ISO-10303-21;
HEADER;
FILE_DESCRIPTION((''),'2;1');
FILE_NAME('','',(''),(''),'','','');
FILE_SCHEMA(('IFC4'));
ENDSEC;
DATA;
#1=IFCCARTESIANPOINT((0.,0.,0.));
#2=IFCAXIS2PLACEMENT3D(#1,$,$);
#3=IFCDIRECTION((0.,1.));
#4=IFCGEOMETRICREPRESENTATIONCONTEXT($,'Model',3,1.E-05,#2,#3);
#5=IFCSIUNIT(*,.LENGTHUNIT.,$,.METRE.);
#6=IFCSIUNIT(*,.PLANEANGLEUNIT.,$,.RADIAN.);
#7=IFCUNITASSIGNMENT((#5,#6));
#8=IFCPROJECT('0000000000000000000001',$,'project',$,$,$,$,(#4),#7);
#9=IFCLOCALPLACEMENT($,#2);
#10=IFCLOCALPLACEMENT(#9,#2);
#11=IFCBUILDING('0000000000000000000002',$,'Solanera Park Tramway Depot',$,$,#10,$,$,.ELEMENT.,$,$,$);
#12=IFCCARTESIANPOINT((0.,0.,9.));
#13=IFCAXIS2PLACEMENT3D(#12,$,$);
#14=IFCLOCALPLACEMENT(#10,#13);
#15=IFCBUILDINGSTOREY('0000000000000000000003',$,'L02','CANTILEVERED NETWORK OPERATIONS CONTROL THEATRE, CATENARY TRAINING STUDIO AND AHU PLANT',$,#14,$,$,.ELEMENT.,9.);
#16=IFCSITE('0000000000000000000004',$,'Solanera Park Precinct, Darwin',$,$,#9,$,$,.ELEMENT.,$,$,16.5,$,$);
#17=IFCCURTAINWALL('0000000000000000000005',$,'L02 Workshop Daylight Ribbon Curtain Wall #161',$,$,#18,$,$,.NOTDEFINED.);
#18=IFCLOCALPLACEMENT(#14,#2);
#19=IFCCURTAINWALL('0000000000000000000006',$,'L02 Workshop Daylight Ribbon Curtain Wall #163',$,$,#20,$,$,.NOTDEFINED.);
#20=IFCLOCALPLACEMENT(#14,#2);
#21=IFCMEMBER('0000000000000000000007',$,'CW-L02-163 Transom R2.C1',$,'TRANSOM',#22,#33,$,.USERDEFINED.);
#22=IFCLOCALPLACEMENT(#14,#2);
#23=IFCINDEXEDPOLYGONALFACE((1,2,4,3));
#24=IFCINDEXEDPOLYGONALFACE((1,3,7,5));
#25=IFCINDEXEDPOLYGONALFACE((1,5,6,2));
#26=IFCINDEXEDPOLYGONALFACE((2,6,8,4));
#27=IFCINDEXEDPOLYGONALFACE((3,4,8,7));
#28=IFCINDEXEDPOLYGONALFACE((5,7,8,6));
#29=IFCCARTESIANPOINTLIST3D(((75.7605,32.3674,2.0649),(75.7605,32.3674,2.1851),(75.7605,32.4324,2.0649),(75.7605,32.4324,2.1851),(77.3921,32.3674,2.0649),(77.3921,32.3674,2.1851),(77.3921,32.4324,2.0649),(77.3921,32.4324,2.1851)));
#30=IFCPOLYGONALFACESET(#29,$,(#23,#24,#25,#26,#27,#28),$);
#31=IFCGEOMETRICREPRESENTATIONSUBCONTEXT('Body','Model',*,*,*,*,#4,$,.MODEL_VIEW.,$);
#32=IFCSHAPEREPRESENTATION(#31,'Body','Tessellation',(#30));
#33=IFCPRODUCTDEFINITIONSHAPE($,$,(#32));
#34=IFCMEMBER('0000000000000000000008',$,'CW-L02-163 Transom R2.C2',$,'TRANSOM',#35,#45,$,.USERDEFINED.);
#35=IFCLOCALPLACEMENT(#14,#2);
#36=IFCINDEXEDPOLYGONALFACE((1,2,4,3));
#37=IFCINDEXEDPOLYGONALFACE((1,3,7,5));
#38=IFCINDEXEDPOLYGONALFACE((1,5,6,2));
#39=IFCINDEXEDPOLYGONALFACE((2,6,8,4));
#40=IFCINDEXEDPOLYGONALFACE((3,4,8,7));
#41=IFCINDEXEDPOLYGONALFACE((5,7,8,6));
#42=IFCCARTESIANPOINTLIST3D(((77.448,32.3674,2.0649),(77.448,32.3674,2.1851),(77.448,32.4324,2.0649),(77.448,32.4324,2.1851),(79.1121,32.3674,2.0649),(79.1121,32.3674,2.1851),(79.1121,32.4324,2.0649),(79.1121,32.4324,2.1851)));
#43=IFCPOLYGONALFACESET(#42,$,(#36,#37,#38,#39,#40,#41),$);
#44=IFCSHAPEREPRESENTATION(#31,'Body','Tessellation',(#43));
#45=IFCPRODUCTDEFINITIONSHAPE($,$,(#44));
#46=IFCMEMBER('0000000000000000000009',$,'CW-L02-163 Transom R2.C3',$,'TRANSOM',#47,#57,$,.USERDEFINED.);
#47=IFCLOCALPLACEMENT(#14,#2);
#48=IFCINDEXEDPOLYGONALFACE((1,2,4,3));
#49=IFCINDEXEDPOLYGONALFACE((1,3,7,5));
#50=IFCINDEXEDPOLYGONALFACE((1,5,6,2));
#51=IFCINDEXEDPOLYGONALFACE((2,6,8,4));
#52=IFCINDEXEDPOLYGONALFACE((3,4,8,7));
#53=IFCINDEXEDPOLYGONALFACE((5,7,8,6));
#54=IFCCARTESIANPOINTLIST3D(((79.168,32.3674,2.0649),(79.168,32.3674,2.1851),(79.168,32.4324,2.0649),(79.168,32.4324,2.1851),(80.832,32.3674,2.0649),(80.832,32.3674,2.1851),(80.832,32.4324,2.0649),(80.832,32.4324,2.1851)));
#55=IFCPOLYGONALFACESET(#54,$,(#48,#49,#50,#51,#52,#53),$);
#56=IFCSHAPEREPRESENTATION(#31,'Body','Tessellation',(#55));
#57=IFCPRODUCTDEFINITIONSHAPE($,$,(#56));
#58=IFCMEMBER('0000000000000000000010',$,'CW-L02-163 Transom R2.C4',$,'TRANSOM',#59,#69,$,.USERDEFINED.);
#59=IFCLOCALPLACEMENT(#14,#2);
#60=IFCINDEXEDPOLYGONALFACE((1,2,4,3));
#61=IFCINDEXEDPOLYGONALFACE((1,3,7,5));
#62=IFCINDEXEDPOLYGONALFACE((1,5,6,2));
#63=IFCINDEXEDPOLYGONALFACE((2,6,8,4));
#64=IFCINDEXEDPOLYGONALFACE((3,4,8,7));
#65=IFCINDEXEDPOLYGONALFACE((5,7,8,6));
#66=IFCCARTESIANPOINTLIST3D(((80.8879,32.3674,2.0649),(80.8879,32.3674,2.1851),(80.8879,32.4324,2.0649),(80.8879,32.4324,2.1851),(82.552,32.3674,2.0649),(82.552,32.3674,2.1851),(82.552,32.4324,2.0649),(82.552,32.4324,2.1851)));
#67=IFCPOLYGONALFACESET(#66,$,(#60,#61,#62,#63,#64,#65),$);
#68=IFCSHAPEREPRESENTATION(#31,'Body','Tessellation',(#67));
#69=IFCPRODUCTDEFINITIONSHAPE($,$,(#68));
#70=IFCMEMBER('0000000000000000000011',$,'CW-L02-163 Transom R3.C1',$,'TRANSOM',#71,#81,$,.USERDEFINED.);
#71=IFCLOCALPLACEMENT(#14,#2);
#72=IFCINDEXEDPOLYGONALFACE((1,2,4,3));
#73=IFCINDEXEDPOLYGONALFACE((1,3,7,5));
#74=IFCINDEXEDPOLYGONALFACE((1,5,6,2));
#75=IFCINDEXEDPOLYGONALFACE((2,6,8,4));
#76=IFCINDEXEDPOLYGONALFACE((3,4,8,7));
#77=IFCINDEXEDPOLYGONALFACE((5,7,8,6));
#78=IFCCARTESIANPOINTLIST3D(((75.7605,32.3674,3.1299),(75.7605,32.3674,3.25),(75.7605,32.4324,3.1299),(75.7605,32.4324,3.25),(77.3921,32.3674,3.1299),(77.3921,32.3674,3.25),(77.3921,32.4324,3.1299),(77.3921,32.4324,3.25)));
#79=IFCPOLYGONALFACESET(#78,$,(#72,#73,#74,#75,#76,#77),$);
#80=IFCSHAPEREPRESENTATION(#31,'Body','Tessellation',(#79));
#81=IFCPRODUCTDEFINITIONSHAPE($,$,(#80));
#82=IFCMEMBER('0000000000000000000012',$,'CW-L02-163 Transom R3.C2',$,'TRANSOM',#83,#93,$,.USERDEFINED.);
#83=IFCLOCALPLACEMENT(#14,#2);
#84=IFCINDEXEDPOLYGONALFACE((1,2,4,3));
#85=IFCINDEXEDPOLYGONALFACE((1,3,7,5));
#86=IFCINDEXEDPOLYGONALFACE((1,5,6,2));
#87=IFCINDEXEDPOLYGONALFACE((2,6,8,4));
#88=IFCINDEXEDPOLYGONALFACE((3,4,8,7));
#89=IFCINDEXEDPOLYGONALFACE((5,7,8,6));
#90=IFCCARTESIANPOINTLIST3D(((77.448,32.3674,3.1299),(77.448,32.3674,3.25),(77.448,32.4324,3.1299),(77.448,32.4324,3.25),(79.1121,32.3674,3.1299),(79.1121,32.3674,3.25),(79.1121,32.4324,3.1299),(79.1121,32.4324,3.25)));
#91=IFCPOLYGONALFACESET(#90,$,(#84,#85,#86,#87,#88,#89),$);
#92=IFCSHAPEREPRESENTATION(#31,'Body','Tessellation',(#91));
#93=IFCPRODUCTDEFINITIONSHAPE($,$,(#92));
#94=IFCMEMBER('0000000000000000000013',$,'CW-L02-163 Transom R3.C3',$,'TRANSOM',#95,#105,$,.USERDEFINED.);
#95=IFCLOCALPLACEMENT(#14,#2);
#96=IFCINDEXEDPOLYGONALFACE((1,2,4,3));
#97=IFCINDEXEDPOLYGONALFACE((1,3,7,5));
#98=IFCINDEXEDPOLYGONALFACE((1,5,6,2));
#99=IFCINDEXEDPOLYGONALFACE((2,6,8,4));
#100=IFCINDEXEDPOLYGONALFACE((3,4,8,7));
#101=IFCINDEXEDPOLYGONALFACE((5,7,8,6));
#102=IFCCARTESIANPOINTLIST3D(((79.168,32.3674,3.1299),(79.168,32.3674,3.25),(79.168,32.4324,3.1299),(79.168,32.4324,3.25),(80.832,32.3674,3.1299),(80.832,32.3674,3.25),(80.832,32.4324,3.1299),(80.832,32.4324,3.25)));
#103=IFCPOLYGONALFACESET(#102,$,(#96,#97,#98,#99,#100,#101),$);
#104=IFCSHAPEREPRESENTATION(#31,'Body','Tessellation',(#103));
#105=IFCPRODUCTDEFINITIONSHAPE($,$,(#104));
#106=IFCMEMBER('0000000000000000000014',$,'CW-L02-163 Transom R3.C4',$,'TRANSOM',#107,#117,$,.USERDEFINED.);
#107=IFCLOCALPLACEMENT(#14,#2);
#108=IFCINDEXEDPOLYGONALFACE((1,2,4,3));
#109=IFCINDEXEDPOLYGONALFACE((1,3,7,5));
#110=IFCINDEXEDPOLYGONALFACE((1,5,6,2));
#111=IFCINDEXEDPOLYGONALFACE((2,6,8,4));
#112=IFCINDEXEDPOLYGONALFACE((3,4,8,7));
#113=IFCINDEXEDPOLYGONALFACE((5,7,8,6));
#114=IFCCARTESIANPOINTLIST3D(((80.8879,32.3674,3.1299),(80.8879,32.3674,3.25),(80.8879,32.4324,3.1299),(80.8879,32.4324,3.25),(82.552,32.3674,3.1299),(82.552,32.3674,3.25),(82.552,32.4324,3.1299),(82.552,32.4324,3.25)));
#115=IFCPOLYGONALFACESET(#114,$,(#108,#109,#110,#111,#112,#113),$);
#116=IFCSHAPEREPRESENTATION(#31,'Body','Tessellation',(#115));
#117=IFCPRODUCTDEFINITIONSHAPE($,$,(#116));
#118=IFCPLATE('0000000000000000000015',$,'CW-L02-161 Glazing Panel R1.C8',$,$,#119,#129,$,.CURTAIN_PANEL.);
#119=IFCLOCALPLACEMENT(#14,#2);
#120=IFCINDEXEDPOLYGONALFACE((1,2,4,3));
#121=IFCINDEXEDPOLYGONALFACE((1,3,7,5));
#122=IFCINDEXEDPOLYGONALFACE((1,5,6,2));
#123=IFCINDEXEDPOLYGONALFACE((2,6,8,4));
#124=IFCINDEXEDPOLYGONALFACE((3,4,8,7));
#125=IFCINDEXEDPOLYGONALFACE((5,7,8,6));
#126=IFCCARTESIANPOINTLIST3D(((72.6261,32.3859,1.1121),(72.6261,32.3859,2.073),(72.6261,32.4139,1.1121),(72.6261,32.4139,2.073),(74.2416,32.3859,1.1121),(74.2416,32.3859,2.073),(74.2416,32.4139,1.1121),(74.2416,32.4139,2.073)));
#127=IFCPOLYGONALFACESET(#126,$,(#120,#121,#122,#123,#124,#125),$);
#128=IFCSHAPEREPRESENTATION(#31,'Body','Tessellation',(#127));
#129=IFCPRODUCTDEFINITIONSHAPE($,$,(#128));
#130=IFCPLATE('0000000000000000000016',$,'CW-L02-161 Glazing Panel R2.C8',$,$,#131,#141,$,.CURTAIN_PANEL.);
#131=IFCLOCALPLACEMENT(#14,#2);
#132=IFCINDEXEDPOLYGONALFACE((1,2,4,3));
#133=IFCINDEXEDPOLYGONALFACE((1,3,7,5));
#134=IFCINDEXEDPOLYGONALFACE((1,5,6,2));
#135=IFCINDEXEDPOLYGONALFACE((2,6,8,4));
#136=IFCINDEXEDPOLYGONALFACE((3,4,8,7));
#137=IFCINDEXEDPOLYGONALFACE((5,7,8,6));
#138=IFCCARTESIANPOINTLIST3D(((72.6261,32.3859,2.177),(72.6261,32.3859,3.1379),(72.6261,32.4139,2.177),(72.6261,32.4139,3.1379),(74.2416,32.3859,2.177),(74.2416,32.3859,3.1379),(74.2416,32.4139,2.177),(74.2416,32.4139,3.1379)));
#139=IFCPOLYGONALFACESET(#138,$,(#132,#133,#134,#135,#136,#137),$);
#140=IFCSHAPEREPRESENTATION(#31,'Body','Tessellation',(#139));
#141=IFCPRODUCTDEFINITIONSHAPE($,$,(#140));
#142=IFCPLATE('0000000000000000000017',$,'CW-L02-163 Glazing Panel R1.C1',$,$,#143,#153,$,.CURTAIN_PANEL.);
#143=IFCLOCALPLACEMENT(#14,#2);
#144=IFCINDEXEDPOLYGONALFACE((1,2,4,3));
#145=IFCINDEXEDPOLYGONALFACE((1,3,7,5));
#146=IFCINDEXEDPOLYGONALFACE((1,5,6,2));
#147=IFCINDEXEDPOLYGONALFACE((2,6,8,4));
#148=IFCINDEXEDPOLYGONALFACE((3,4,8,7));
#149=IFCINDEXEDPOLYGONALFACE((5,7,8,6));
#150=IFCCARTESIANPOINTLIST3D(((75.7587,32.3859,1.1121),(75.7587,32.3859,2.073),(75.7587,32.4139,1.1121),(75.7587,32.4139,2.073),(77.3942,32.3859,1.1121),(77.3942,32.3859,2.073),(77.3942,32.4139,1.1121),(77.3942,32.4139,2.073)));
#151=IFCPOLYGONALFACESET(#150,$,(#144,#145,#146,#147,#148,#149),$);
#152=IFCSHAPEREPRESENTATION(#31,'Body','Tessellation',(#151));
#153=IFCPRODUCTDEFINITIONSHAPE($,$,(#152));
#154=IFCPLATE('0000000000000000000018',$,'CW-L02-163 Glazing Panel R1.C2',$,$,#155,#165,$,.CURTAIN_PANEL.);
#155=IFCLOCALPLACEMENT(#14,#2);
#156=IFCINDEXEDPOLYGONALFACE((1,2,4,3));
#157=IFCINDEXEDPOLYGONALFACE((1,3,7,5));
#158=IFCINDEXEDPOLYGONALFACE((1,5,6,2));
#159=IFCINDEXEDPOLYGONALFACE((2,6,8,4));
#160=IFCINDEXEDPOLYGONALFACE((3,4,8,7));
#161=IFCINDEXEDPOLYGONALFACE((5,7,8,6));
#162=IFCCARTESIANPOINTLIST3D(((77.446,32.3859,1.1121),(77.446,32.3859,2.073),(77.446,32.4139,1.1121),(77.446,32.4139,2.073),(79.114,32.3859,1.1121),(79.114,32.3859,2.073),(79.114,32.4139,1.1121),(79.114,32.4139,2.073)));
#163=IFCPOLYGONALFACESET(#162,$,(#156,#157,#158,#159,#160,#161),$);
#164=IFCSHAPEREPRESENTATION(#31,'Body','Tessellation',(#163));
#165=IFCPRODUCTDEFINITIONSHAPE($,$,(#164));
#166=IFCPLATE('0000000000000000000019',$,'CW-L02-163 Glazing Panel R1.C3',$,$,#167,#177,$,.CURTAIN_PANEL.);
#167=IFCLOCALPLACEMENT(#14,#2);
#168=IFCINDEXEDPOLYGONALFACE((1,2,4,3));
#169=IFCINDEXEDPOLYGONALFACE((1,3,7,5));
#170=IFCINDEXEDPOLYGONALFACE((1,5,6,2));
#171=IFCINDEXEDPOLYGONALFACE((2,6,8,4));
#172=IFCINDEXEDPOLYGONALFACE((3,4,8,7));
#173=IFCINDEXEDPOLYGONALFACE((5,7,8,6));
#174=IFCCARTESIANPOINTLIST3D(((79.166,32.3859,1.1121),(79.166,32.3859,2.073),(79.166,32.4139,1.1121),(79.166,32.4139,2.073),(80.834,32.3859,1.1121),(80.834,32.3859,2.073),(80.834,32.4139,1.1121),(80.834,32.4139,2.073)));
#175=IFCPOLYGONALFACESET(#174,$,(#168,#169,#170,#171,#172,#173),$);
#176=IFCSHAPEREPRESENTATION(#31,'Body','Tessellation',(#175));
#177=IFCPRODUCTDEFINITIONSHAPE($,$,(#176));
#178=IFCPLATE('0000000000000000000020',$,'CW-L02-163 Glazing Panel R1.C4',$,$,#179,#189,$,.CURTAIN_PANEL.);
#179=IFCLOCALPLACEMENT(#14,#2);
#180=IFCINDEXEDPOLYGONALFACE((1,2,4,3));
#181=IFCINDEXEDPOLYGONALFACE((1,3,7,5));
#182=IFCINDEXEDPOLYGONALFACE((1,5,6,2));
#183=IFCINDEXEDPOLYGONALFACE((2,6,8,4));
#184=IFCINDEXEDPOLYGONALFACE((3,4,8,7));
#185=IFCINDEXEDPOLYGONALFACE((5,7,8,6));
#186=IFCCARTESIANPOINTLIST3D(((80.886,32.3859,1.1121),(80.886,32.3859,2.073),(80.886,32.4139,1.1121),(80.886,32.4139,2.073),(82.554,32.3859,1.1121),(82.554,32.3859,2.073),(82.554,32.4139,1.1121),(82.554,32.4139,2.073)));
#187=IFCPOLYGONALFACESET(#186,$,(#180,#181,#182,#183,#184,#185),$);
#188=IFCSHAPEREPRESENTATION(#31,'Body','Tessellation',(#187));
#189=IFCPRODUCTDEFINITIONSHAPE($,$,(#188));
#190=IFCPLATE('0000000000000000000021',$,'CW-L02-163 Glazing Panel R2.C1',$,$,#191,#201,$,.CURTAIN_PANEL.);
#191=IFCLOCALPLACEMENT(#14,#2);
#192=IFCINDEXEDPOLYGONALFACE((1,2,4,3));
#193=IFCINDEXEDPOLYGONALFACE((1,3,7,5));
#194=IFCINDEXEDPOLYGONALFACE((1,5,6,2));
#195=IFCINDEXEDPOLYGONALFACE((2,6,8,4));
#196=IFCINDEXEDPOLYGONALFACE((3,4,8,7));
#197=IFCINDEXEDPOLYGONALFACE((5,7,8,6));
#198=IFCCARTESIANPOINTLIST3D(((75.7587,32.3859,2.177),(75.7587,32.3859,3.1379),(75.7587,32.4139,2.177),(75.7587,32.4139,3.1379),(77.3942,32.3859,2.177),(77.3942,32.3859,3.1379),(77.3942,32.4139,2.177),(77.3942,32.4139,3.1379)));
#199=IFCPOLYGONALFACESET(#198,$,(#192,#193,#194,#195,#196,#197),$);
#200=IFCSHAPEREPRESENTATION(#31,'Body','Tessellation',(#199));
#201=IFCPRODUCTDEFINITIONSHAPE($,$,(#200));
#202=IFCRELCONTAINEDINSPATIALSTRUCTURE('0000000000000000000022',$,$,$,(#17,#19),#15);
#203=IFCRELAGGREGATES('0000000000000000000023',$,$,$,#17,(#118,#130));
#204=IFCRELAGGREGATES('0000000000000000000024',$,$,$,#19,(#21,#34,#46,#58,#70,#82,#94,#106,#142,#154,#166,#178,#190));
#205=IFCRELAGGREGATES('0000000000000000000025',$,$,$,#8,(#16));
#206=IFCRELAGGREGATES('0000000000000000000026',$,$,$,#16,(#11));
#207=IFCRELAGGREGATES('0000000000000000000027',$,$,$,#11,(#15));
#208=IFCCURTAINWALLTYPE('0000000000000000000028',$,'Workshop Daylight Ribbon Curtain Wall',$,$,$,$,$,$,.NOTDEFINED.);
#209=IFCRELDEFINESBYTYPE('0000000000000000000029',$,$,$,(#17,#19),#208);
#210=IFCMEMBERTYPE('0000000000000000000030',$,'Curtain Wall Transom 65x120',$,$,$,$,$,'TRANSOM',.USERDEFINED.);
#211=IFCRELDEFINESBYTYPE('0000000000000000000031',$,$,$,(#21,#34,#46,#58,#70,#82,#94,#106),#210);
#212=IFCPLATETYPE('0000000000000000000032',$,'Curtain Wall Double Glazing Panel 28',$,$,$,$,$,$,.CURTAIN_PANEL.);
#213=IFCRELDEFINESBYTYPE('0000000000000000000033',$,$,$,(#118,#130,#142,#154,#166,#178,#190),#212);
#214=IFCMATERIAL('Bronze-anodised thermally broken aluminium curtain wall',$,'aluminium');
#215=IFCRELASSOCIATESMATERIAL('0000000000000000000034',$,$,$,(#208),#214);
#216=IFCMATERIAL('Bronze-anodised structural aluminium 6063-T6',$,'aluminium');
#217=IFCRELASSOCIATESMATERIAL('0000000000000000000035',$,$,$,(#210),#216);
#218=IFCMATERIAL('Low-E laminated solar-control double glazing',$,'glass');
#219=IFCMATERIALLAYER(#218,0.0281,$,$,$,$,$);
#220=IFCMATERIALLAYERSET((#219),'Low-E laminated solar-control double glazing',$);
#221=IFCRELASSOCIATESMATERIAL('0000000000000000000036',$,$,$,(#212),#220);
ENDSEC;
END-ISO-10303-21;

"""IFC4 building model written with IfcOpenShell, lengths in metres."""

from ifc_helpers import new_model, si_unit, direction, frame, origin, origin_2d, place, context, subcontext, project, spatial, rectangle, extrude, material, layer, layer_set, material_profile, profile_set, type_object, element, aggregate, save


model = new_model("IFC4")

# Units and contexts
model_context = context("Model", 3, precision=1e-05, world=origin(), true_north=direction((0.0, 1.0)))
body_context = subcontext(model_context, "Body", "Model", "MODEL_VIEW")
ifc_project = project(units=[si_unit("LENGTHUNIT", "METRE"), si_unit("PLANEANGLEUNIT", "RADIAN")], contexts=[model_context])

# Site, building, storey
site_placement = place(None, origin())
site = spatial("IfcSite", under=ifc_project, at=site_placement, Name="Solanera Park Precinct, Darwin", CompositionType="ELEMENT", RefElevation=16.5)
building_placement = place(site_placement, origin())
building = spatial("IfcBuilding", under=site, at=building_placement, Name="Solanera Park Tramway Depot", CompositionType="ELEMENT")
storey_placement = place(building_placement, frame((0.0, 0.0, 9.0)))
storey = spatial("IfcBuildingStorey", under=building, at=storey_placement, Name="L02", Description="CANTILEVERED NETWORK OPERATIONS CONTROL THEATRE, CATENARY TRAINING STUDIO AND AHU PLANT", CompositionType="ELEMENT", Elevation=9.0)

# Curtain wall
ifc_material_1 = material(Name="Bronze-anodised thermally broken aluminium curtain wall", Category="aluminium")
curtain_wall_type = type_object("IfcCurtainWallType", Name="Workshop Daylight Ribbon Curtain Wall", PredefinedType="NOTDEFINED", material=ifc_material_1)
curtain_wall_1_placement = place(storey_placement, origin())
curtain_wall_1 = element("IfcCurtainWall", 1, at=curtain_wall_1_placement, inside=storey, type_object=curtain_wall_type, Name="L02 Workshop Daylight Ribbon Curtain Wall #161", PredefinedType="NOTDEFINED")

# Curtain wall, members
curtain_wall_2_placement = place(storey_placement, origin())
curtain_wall_2 = element("IfcCurtainWall", 2, at=curtain_wall_2_placement, inside=storey, type_object=curtain_wall_type, Name="L02 Workshop Daylight Ribbon Curtain Wall #163", PredefinedType="NOTDEFINED")
ifc_material_2 = material(Name="Bronze-anodised structural aluminium 6063-T6", Category="aluminium")
ifc_material_profile_1 = material_profile(ifc_material_2, rectangle(XDim=0.0649, YDim=0.1201, at=origin_2d()), Name="Curtain Wall Transom 65x120")
ifc_profile_set_1 = profile_set([ifc_material_profile_1], Name="Bronze-anodised structural aluminium 6063-T6")
member_type_1 = type_object("IfcMemberType", Name="Curtain Wall Transom 65x120", ElementType="TRANSOM", PredefinedType="USERDEFINED", material=ifc_profile_set_1)
member_1_placement = place(storey_placement, frame((75.7605, 32.3999, 2.125), z_axis=(1.0, 0.0, 0.0), x_axis=(0.0, 1.0, 0.0)))
member_1 = element("IfcMember", 3, at=member_1_placement, type_object=member_type_1, Name="CW-L02-163 Transom R2.C1", ObjectType="TRANSOM", PredefinedType="USERDEFINED", context=body_context, shape_type="SweptSolid", body=[
    extrude(rectangle(XDim=0.0649, YDim=0.1201, at=origin_2d()), origin(), (0.0, 0.0, 1.0), 1.6316),
])
member_2_placement = place(storey_placement, frame((77.448, 32.3999, 2.125), z_axis=(1.0, 0.0, 0.0), x_axis=(0.0, 1.0, 0.0)))
member_2 = element("IfcMember", 4, at=member_2_placement, type_object=member_type_1, Name="CW-L02-163 Transom R2.C2", ObjectType="TRANSOM", PredefinedType="USERDEFINED", context=body_context, shape_type="SweptSolid", body=[
    extrude(rectangle(XDim=0.0649, YDim=0.1201, at=origin_2d()), origin(), (0.0, 0.0, 1.0), 1.6641),
])
member_3_placement = place(storey_placement, frame((79.168, 32.3999, 2.125), z_axis=(1.0, 0.0, 0.0), x_axis=(0.0, 1.0, 0.0)))
member_3 = element("IfcMember", 5, at=member_3_placement, type_object=member_type_1, Name="CW-L02-163 Transom R2.C3", ObjectType="TRANSOM", PredefinedType="USERDEFINED", context=body_context, shape_type="SweptSolid", body=[
    extrude(rectangle(XDim=0.0649, YDim=0.1201, at=origin_2d()), origin(), (0.0, 0.0, 1.0), 1.6641),
])
member_4_placement = place(storey_placement, frame((80.8879, 32.3999, 2.125), z_axis=(1.0, 0.0, 0.0), x_axis=(0.0, 1.0, 0.0)))
member_4 = element("IfcMember", 6, at=member_4_placement, type_object=member_type_1, Name="CW-L02-163 Transom R2.C4", ObjectType="TRANSOM", PredefinedType="USERDEFINED", context=body_context, shape_type="SweptSolid", body=[
    extrude(rectangle(XDim=0.0649, YDim=0.1201, at=origin_2d()), origin(), (0.0, 0.0, 1.0), 1.6641),
])
member_5_placement = place(storey_placement, frame((75.7605, 32.3999, 3.1899), z_axis=(1.0, 0.0, 0.0), x_axis=(0.0, 1.0, 0.0)))
member_5 = element("IfcMember", 7, at=member_5_placement, type_object=member_type_1, Name="CW-L02-163 Transom R3.C1", ObjectType="TRANSOM", PredefinedType="USERDEFINED", context=body_context, shape_type="SweptSolid", body=[
    extrude(rectangle(XDim=0.0649, YDim=0.1201, at=origin_2d()), origin(), (0.0, 0.0, 1.0), 1.6316),
])
member_6_placement = place(storey_placement, frame((77.448, 32.3999, 3.1899), z_axis=(1.0, 0.0, 0.0), x_axis=(0.0, 1.0, 0.0)))
member_6 = element("IfcMember", 8, at=member_6_placement, type_object=member_type_1, Name="CW-L02-163 Transom R3.C2", ObjectType="TRANSOM", PredefinedType="USERDEFINED", context=body_context, shape_type="SweptSolid", body=[
    extrude(rectangle(XDim=0.0649, YDim=0.1201, at=origin_2d()), origin(), (0.0, 0.0, 1.0), 1.6641),
])
member_7_placement = place(storey_placement, frame((79.168, 32.3999, 3.1899), z_axis=(1.0, 0.0, 0.0), x_axis=(0.0, 1.0, 0.0)))
member_7 = element("IfcMember", 9, at=member_7_placement, type_object=member_type_1, Name="CW-L02-163 Transom R3.C3", ObjectType="TRANSOM", PredefinedType="USERDEFINED", context=body_context, shape_type="SweptSolid", body=[
    extrude(rectangle(XDim=0.0649, YDim=0.1201, at=origin_2d()), origin(), (0.0, 0.0, 1.0), 1.6641),
])
member_8_placement = place(storey_placement, frame((80.8879, 32.3999, 3.1899), z_axis=(1.0, 0.0, 0.0), x_axis=(0.0, 1.0, 0.0)))
member_8 = element("IfcMember", 10, at=member_8_placement, type_object=member_type_1, Name="CW-L02-163 Transom R3.C4", ObjectType="TRANSOM", PredefinedType="USERDEFINED", context=body_context, shape_type="SweptSolid", body=[
    extrude(rectangle(XDim=0.0649, YDim=0.1201, at=origin_2d()), origin(), (0.0, 0.0, 1.0), 1.6641),
])

# Plates
ifc_material_3 = material(Name="Low-E laminated solar-control double glazing", Category="glass")
ifc_layer = layer(ifc_material_3, 0.0281)
ifc_layer_set = layer_set([ifc_layer], Name="Low-E laminated solar-control double glazing")
plate_type = type_object("IfcPlateType", Name="Curtain Wall Double Glazing Panel 28", PredefinedType="CURTAIN_PANEL", material=ifc_layer_set)
plate_1_placement = place(storey_placement, frame((73.4338, 32.3999, 1.1121), z_axis=(0.0, 0.0, 1.0), x_axis=(1.0, 0.0, 0.0)))
plate_1 = element("IfcPlate", 11, at=plate_1_placement, type_object=plate_type, Name="CW-L02-161 Glazing Panel R1.C8", PredefinedType="CURTAIN_PANEL", context=body_context, shape_type="SweptSolid", body=[
    extrude(rectangle(XDim=1.6155, YDim=0.0281, at=origin_2d()), origin(), (0.0, 0.0, 1.0), 0.9609),
])
plate_2_placement = place(storey_placement, frame((73.4338, 32.3999, 2.177), z_axis=(0.0, 0.0, 1.0), x_axis=(1.0, 0.0, 0.0)))
plate_2 = element("IfcPlate", 12, at=plate_2_placement, type_object=plate_type, Name="CW-L02-161 Glazing Panel R2.C8", PredefinedType="CURTAIN_PANEL", context=body_context, shape_type="SweptSolid", body=[
    extrude(rectangle(XDim=1.6155, YDim=0.0281, at=origin_2d()), origin(), (0.0, 0.0, 1.0), 0.9609),
])
aggregate(curtain_wall_1, [plate_1, plate_2])
plate_3_placement = place(storey_placement, frame((76.5764, 32.3999, 1.1121), z_axis=(0.0, 0.0, 1.0), x_axis=(1.0, 0.0, 0.0)))
plate_3 = element("IfcPlate", 13, at=plate_3_placement, type_object=plate_type, Name="CW-L02-163 Glazing Panel R1.C1", PredefinedType="CURTAIN_PANEL", context=body_context, shape_type="SweptSolid", body=[
    extrude(rectangle(XDim=1.6355, YDim=0.0281, at=origin_2d()), origin(), (0.0, 0.0, 1.0), 0.9609),
])
plate_4_placement = place(storey_placement, frame((78.28, 32.3999, 1.1121), z_axis=(0.0, 0.0, 1.0), x_axis=(1.0, 0.0, 0.0)))
plate_4 = element("IfcPlate", 14, at=plate_4_placement, type_object=plate_type, Name="CW-L02-163 Glazing Panel R1.C2", PredefinedType="CURTAIN_PANEL", context=body_context, shape_type="SweptSolid", body=[
    extrude(rectangle(XDim=1.668, YDim=0.0281, at=origin_2d()), origin(), (0.0, 0.0, 1.0), 0.9609),
])
plate_5_placement = place(storey_placement, frame((80.0, 32.3999, 1.1121), z_axis=(0.0, 0.0, 1.0), x_axis=(1.0, 0.0, 0.0)))
plate_5 = element("IfcPlate", 15, at=plate_5_placement, type_object=plate_type, Name="CW-L02-163 Glazing Panel R1.C3", PredefinedType="CURTAIN_PANEL", context=body_context, shape_type="SweptSolid", body=[
    extrude(rectangle(XDim=1.668, YDim=0.0281, at=origin_2d()), origin(), (0.0, 0.0, 1.0), 0.9609),
])
plate_6_placement = place(storey_placement, frame((81.72, 32.3999, 1.1121), z_axis=(0.0, 0.0, 1.0), x_axis=(1.0, 0.0, 0.0)))
plate_6 = element("IfcPlate", 16, at=plate_6_placement, type_object=plate_type, Name="CW-L02-163 Glazing Panel R1.C4", PredefinedType="CURTAIN_PANEL", context=body_context, shape_type="SweptSolid", body=[
    extrude(rectangle(XDim=1.668, YDim=0.0281, at=origin_2d()), origin(), (0.0, 0.0, 1.0), 0.9609),
])
plate_7_placement = place(storey_placement, frame((76.5764, 32.3999, 2.177), z_axis=(0.0, 0.0, 1.0), x_axis=(1.0, 0.0, 0.0)))
plate_7 = element("IfcPlate", 17, at=plate_7_placement, type_object=plate_type, Name="CW-L02-163 Glazing Panel R2.C1", PredefinedType="CURTAIN_PANEL", context=body_context, shape_type="SweptSolid", body=[
    extrude(rectangle(XDim=1.6355, YDim=0.0281, at=origin_2d()), origin(), (0.0, 0.0, 1.0), 0.9609),
])
aggregate(curtain_wall_2, [member_1, member_2, member_3, member_4, member_5, member_6, member_7, member_8, plate_3, plate_4, plate_5, plate_6, plate_7])

save(model, "model.ifc")
